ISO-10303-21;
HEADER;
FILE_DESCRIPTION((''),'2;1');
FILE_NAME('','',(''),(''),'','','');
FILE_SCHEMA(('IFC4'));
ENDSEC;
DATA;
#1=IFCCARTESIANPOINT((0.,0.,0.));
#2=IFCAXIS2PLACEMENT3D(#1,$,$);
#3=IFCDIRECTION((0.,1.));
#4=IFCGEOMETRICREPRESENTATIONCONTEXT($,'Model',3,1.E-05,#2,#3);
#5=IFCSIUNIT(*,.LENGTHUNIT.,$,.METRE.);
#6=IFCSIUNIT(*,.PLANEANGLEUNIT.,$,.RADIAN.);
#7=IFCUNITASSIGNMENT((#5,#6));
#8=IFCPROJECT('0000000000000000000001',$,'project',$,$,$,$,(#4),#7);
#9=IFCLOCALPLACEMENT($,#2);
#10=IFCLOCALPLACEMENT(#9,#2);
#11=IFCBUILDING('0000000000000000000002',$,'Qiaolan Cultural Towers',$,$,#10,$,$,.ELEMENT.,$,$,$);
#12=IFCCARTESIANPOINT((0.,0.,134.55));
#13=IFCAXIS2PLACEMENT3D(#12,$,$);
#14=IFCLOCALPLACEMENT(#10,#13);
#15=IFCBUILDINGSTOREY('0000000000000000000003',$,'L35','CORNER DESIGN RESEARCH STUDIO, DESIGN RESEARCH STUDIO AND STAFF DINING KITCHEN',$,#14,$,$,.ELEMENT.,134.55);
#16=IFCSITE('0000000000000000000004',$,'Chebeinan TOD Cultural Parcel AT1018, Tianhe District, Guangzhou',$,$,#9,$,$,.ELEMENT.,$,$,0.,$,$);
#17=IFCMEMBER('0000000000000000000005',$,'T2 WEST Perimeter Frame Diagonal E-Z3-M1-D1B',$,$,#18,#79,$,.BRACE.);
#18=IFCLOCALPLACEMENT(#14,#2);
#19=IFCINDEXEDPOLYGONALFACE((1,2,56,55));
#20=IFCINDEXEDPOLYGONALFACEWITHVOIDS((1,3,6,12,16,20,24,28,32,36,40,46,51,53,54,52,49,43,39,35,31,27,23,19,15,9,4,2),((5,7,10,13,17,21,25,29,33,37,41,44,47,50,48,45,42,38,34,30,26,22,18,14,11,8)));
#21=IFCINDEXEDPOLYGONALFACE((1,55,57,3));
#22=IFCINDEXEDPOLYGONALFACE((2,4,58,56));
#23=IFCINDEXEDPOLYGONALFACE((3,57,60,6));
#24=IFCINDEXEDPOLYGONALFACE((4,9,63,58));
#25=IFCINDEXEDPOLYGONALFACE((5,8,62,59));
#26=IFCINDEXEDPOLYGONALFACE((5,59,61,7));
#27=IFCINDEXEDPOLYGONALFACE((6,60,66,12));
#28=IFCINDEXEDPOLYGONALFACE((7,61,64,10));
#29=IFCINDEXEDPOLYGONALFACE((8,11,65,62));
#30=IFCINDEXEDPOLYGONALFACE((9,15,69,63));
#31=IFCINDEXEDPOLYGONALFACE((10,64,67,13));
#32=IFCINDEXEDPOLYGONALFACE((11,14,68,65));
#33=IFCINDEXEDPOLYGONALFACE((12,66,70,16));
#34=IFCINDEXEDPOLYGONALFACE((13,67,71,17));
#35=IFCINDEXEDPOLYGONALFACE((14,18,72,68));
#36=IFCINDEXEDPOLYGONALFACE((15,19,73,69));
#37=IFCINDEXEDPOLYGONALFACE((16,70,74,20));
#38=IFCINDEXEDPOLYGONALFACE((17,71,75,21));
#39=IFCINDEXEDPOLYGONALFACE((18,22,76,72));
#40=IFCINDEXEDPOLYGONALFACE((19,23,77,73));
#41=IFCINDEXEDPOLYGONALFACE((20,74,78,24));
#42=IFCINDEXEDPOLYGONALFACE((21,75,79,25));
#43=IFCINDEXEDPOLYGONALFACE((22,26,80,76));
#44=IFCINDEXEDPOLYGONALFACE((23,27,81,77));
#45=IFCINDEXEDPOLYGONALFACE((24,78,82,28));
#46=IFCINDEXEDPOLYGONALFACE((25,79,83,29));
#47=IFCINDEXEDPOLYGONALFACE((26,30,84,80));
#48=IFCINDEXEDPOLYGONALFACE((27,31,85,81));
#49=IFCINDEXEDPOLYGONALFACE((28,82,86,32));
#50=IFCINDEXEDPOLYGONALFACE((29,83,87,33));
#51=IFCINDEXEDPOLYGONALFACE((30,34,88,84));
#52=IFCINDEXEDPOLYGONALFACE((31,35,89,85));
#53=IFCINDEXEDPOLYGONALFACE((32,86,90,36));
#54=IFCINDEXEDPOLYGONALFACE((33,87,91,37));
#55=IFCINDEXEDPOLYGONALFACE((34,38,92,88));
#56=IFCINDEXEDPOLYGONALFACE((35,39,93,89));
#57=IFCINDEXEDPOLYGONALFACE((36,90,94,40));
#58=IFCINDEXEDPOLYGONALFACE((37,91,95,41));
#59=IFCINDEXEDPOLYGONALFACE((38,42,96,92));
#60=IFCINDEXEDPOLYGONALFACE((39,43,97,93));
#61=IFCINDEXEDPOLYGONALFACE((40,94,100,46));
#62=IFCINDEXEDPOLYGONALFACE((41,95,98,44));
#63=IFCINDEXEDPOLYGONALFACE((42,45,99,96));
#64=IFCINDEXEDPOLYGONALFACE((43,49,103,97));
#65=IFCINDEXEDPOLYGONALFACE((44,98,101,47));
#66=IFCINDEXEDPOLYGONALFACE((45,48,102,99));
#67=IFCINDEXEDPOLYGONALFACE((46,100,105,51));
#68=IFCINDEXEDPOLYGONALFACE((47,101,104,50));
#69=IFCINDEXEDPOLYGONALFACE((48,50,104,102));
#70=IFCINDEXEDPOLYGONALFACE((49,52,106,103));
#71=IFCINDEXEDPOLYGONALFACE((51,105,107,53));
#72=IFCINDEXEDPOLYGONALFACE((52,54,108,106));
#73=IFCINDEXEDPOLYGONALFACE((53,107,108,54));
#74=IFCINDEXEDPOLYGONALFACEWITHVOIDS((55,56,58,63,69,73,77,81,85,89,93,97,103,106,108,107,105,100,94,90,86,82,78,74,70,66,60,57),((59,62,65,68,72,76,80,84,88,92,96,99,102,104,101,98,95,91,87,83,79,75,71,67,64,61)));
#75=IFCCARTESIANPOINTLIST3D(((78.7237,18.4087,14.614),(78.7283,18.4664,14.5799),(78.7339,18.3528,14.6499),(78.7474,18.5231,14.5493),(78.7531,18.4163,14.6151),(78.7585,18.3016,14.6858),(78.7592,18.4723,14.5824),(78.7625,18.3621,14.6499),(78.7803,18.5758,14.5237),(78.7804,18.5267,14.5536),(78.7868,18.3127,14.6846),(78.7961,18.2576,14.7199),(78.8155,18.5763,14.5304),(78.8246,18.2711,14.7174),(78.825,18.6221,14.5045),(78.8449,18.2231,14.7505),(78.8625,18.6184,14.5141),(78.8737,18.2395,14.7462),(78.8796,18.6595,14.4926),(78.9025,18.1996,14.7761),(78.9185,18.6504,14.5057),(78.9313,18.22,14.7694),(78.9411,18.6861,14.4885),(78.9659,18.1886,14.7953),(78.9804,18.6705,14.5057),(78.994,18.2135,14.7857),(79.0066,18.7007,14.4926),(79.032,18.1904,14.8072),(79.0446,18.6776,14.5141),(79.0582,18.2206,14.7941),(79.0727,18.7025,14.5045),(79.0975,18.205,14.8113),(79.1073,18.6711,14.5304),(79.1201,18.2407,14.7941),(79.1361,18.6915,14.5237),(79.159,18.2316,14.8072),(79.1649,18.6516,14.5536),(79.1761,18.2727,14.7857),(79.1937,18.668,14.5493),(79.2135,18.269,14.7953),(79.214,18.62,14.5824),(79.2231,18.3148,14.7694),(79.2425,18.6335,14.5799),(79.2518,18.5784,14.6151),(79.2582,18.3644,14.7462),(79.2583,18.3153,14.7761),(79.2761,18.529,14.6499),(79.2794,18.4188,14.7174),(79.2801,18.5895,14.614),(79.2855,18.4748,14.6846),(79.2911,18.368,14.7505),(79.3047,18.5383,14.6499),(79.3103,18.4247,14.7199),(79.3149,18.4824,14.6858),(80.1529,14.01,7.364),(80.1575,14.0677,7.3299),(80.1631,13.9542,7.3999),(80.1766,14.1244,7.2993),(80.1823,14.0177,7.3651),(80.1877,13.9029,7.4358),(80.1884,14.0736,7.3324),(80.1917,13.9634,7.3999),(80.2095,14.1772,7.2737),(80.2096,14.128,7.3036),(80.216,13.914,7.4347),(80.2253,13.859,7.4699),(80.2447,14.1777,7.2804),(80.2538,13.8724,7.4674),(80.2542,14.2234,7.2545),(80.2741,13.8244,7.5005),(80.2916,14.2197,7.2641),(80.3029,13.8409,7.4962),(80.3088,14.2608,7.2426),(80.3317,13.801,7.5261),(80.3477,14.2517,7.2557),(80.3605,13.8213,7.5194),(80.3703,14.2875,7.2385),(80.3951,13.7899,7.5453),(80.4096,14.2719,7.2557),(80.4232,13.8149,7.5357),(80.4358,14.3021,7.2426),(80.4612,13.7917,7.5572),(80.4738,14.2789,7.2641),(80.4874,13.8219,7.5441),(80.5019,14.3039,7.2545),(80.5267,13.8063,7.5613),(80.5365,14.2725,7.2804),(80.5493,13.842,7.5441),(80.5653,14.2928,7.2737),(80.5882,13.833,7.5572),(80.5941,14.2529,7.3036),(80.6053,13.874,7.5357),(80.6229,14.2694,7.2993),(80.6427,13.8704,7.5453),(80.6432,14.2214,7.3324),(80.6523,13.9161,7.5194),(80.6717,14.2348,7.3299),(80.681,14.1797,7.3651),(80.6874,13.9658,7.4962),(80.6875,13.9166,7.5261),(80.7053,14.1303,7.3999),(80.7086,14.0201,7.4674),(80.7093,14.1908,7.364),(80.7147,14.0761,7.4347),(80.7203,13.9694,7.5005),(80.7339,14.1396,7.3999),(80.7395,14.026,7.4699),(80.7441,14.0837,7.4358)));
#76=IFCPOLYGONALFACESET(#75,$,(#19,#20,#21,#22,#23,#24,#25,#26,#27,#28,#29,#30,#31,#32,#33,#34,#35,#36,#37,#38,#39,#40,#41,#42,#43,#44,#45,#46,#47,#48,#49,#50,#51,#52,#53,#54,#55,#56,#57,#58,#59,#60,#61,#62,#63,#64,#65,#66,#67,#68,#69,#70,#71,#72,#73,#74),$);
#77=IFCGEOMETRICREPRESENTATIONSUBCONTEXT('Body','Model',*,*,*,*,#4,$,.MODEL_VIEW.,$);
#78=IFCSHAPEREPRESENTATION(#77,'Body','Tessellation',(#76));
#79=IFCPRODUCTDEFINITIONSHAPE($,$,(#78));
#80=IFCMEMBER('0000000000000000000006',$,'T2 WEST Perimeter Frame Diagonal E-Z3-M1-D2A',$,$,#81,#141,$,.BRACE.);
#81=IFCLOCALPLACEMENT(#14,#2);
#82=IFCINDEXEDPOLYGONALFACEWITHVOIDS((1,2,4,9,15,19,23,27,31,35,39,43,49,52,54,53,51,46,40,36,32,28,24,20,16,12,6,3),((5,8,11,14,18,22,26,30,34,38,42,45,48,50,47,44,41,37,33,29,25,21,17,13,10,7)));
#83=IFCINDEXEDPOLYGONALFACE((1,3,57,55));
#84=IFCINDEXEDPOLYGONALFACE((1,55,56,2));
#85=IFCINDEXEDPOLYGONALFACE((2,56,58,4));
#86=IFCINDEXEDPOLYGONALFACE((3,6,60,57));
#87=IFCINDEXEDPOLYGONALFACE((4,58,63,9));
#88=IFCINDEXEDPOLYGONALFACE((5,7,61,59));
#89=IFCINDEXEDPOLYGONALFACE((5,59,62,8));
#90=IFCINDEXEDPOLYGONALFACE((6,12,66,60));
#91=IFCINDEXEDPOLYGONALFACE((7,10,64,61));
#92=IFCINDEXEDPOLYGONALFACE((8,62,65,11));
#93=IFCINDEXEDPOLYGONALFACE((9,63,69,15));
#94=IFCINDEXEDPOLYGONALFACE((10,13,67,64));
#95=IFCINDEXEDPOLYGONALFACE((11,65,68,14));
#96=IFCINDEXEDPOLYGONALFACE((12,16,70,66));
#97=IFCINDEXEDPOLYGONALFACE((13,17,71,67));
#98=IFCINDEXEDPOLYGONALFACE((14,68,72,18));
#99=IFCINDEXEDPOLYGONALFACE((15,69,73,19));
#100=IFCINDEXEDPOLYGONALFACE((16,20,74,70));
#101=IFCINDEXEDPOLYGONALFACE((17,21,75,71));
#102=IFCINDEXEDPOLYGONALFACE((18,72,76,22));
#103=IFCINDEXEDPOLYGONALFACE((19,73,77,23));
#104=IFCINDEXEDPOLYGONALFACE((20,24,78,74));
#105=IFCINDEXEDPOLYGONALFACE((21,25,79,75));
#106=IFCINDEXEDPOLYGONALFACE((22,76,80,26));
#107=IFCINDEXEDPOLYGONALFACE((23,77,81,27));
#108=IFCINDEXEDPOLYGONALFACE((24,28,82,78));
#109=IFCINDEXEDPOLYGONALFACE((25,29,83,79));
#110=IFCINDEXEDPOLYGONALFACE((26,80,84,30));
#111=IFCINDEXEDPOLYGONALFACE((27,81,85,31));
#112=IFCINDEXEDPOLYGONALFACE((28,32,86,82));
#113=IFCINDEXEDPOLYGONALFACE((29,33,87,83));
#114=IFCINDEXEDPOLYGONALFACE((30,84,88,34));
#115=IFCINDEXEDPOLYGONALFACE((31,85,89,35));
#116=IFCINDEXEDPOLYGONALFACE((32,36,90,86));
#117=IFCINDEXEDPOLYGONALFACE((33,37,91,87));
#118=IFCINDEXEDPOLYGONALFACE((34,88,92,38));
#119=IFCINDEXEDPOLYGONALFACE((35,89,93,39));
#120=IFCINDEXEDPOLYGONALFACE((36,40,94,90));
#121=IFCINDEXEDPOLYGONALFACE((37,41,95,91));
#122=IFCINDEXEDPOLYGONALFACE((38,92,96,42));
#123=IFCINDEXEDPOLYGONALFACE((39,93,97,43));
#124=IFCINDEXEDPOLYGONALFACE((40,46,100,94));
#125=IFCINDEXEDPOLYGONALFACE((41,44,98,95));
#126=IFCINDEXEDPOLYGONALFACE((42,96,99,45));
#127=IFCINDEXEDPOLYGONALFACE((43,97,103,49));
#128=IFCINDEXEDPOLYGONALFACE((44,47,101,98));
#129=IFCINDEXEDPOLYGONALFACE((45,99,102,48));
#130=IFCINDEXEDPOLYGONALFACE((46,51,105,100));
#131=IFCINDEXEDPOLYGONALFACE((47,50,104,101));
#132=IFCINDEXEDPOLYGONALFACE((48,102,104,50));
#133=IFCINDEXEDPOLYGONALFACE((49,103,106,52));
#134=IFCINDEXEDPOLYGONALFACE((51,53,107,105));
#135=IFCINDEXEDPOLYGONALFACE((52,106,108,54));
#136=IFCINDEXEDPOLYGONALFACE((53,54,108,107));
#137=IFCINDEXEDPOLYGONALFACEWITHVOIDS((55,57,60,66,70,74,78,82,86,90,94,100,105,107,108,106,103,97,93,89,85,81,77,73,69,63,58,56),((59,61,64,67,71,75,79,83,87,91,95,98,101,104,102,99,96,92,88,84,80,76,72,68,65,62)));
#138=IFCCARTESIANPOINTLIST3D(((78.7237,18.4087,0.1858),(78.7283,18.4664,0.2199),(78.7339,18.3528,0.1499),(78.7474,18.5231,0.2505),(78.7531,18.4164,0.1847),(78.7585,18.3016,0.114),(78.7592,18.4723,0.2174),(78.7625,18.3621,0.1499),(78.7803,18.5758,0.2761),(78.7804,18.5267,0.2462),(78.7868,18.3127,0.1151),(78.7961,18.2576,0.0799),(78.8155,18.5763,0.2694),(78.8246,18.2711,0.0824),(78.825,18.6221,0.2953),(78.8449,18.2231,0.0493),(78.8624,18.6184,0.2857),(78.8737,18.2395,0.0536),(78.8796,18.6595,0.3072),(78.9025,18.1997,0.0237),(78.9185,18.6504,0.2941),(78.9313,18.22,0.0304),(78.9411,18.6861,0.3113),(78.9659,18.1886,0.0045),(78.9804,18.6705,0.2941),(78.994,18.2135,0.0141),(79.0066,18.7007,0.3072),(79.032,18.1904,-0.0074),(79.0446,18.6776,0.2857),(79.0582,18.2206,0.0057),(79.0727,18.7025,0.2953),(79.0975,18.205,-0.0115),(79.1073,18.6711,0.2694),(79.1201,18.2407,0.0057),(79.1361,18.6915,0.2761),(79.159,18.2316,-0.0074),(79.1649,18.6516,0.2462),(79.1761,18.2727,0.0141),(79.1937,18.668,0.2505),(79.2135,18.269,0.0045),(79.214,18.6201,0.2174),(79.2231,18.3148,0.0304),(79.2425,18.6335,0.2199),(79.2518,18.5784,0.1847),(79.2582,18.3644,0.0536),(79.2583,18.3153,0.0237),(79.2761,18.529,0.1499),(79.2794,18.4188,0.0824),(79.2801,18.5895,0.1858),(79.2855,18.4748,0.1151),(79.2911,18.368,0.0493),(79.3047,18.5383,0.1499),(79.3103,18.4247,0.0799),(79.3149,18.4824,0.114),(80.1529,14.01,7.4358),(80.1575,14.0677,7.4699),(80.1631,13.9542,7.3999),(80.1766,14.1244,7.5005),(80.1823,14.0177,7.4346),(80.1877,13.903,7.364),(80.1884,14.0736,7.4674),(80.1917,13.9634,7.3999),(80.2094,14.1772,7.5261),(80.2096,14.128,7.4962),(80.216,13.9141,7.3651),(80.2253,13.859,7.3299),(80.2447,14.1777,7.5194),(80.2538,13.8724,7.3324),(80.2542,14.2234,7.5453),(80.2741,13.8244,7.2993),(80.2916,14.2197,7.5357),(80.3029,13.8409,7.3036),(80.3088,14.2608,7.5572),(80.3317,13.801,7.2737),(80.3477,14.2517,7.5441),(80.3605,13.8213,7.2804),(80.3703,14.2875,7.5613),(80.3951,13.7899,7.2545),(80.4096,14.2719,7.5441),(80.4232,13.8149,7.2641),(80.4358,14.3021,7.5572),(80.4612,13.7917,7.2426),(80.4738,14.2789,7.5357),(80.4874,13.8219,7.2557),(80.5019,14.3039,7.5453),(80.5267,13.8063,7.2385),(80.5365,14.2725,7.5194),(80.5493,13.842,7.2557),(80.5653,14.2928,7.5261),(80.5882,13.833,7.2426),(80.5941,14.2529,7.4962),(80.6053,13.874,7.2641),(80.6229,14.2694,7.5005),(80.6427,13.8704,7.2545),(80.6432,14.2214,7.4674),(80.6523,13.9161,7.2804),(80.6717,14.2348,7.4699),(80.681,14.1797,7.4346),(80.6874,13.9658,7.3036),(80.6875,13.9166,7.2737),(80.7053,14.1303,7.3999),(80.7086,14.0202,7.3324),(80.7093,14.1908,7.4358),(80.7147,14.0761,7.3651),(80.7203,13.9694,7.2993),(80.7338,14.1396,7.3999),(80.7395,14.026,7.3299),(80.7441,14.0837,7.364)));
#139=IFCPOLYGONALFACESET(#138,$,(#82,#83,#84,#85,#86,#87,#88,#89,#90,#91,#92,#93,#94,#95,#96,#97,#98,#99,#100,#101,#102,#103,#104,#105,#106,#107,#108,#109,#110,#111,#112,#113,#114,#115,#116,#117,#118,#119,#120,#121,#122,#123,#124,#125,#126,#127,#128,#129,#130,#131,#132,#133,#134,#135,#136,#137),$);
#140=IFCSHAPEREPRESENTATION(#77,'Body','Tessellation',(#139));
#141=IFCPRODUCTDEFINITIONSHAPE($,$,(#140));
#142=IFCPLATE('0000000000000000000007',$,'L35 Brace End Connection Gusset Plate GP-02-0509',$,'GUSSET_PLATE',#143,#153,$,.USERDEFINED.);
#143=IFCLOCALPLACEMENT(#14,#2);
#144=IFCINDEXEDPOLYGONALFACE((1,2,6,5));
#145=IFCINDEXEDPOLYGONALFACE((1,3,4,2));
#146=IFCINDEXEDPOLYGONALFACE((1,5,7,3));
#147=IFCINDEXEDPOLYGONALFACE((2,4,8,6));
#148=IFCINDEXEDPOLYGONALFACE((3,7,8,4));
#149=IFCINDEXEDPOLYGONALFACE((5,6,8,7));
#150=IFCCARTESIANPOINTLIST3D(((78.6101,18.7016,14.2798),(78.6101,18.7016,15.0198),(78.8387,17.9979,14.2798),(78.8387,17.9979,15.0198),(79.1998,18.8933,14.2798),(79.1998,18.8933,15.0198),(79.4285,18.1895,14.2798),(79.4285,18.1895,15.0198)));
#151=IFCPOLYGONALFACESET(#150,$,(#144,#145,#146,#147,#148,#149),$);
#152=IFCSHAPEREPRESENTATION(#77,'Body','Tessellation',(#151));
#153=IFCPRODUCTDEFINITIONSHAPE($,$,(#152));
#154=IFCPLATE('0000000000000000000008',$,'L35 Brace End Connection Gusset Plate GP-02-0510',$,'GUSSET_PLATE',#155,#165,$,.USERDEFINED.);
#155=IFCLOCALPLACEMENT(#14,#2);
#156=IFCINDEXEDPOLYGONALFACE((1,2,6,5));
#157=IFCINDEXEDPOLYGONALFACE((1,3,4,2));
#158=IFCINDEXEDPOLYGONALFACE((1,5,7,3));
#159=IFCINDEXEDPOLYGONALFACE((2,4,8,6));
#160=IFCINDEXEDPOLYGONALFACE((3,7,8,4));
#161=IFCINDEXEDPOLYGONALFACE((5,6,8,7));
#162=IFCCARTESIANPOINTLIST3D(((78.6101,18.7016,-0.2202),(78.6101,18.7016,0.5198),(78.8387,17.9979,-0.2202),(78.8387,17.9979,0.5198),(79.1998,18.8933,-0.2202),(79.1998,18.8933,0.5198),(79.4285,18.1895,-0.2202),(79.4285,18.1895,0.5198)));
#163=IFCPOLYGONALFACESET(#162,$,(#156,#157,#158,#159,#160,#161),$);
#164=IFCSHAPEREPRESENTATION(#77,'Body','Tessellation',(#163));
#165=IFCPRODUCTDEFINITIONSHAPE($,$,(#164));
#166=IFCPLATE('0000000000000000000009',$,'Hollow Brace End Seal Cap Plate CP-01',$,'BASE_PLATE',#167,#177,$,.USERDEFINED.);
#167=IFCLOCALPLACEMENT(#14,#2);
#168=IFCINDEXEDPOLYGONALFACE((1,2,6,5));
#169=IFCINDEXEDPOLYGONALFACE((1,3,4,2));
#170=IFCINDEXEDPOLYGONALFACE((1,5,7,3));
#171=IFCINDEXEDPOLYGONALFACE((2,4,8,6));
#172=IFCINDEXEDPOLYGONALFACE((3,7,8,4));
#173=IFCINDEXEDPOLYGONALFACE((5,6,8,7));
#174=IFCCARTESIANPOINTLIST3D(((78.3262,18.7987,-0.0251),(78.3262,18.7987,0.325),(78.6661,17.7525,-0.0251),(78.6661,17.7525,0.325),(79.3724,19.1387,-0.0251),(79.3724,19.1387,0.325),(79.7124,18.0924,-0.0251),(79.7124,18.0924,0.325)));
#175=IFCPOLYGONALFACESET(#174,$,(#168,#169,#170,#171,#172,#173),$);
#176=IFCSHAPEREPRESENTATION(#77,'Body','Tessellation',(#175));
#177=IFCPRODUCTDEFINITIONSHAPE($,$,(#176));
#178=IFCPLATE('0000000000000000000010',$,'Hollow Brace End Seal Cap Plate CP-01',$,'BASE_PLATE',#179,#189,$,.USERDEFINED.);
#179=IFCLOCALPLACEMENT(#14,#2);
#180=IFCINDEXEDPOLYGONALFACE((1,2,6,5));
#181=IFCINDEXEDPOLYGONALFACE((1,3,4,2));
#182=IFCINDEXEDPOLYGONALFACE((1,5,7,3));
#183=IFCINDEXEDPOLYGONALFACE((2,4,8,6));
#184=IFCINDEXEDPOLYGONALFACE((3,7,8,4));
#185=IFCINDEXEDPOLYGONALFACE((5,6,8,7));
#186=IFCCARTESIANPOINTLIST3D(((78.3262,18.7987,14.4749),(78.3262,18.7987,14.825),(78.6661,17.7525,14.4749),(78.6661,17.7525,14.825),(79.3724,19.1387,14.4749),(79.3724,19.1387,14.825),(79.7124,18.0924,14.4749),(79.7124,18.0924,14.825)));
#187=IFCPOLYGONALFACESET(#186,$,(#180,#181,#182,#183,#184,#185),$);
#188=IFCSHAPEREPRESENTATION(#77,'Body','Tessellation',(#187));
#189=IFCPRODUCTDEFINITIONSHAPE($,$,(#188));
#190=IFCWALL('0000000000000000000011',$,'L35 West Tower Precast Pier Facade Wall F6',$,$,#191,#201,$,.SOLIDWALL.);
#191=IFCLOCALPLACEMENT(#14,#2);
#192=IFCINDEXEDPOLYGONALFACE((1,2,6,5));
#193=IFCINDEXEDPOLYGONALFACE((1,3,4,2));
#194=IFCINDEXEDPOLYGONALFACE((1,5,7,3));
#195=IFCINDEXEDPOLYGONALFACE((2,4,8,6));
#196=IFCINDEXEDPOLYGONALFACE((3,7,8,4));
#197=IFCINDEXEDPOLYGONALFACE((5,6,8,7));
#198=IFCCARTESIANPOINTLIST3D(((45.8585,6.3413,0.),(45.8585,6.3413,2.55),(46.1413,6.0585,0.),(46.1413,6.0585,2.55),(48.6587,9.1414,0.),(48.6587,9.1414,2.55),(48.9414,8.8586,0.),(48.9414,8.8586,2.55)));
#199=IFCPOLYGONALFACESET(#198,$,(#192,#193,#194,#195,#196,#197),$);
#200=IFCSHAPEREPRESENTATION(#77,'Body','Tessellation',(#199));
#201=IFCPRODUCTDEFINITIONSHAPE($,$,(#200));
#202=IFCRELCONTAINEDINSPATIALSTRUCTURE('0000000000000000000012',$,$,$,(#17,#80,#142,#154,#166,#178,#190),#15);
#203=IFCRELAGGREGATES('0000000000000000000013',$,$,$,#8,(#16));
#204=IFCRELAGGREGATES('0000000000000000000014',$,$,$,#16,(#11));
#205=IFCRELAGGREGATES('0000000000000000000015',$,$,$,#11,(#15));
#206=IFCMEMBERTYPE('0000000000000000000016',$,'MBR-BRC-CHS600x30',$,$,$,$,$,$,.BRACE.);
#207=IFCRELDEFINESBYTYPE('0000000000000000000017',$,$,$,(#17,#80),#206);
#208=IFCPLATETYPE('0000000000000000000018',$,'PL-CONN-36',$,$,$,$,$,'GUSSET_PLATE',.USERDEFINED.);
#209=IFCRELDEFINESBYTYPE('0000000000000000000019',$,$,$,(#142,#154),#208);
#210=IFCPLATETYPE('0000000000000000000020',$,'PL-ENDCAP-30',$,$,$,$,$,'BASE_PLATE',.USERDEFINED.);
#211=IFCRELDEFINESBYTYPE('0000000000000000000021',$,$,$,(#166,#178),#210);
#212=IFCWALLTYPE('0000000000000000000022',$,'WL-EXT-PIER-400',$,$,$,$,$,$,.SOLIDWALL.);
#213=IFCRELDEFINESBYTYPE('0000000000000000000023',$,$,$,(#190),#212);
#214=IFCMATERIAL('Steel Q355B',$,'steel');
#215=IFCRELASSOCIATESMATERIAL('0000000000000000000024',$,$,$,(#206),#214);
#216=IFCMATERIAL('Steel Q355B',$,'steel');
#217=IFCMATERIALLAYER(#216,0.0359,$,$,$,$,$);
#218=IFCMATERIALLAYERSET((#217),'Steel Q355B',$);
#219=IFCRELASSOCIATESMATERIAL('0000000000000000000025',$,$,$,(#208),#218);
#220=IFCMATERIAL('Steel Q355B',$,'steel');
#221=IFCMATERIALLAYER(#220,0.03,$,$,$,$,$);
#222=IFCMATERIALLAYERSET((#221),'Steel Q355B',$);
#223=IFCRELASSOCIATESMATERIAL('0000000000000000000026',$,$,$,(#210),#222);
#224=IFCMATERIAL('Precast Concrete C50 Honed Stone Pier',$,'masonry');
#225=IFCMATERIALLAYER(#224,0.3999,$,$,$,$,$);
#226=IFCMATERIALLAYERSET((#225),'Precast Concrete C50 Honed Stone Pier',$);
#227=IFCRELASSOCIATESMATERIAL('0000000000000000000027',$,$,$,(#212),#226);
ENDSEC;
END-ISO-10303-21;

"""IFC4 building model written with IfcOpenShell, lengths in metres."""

from ifc_helpers import new_model, si_unit, direction, frame, frame_2d, origin, origin_2d, place, context, subcontext, project, spatial, rectangle, hollow_circle, extrude, material, layer, layer_set, material_profile, profile_set, type_object, element, save


model = new_model("IFC4")

# Units and contexts
model_context = context("Model", 3, precision=1e-05, world=origin(), true_north=direction((0.0, 1.0)))
body_context = subcontext(model_context, "Body", "Model", "MODEL_VIEW")
ifc_project = project(units=[si_unit("LENGTHUNIT", "METRE"), si_unit("PLANEANGLEUNIT", "RADIAN")], contexts=[model_context])

# Site, building, storey
site_placement = place(None, origin())
site = spatial("IfcSite", under=ifc_project, at=site_placement, Name="Chebeinan TOD Cultural Parcel AT1018, Tianhe District, Guangzhou", CompositionType="ELEMENT", RefElevation=0.0)
building_placement = place(site_placement, origin())
building = spatial("IfcBuilding", under=site, at=building_placement, Name="Qiaolan Cultural Towers", CompositionType="ELEMENT")
storey_placement = place(building_placement, frame((0.0, 0.0, 134.55)))
storey = spatial("IfcBuildingStorey", under=building, at=storey_placement, Name="L35", Description="CORNER DESIGN RESEARCH STUDIO, DESIGN RESEARCH STUDIO AND STAFF DINING KITCHEN", CompositionType="ELEMENT", Elevation=134.55)

# Members
ifc_material_1 = material(Name="Steel Q355B", Category="steel")
ifc_material_profile_1 = material_profile(ifc_material_1, hollow_circle(Radius=0.3, WallThickness=0.03, at=origin_2d()), Name="CHS600x30")
ifc_profile_set_1 = profile_set([ifc_material_profile_1], Name="Steel Q355B")
member_type = type_object("IfcMemberType", Name="MBR-BRC-CHS600x30", PredefinedType="BRACE", material=ifc_profile_set_1)
for number, where, z_axis, x_axis, name in (
    (1, (80.4485, 14.0469, 7.3999), (-0.166193, 0.511497, 0.84306), (-0.951058, -0.309013, 0.0), "T2 WEST Perimeter Frame Diagonal E-Z3-M1-D1B"),
    (2, (79.0193, 18.4456, 0.1499), (0.166193, -0.511497, 0.84306), (0.951058, 0.309013, 0.0), "T2 WEST Perimeter Frame Diagonal E-Z3-M1-D2A"),
):
    element("IfcMember", number, at=place(storey_placement, frame(where, z_axis=z_axis, x_axis=x_axis)), inside=storey, type_object=member_type, Name=name, PredefinedType="BRACE", context=body_context, shape_type="SweptSolid", body=[
        extrude(hollow_circle(Radius=0.3, WallThickness=0.03, at=origin_2d()), origin(), (0.0, 0.0, 1.0), 8.5996),
    ])

# Plates
ifc_material_2 = material(Name="Steel Q355B", Category="steel")
ifc_layer_1 = layer(ifc_material_2, 0.0359)
ifc_layer_set_1 = layer_set([ifc_layer_1], Name="Steel Q355B")
plate_type_1 = type_object("IfcPlateType", Name="PL-CONN-36", ElementType="GUSSET_PLATE", PredefinedType="USERDEFINED", material=ifc_layer_set_1)
for number, where, z_axis, x_axis, name in (
    (3, (79.0193, 18.4456, 14.2798), (0.0, 0.0, 1.0), (-0.309017, 0.951057, 0.0), "L35 Brace End Connection Gusset Plate GP-02-0509"),
    (4, (79.0193, 18.4456, -0.2202), (0.0, 0.0, 1.0), (-0.309017, 0.951057, 0.0), "L35 Brace End Connection Gusset Plate GP-02-0510"),
):
    element("IfcPlate", number, at=place(storey_placement, frame(where, z_axis=z_axis, x_axis=x_axis)), inside=storey, type_object=plate_type_1, Name=name, ObjectType="GUSSET_PLATE", PredefinedType="USERDEFINED", context=body_context, shape_type="SweptSolid", body=[
        extrude(rectangle(XDim=0.74, YDim=0.6201, at=origin_2d()), origin(), (0.0, 0.0, 1.0), 0.74),
    ])
ifc_material_3 = material(Name="Steel Q355B", Category="steel")
ifc_layer_2 = layer(ifc_material_3, 0.03)
ifc_layer_set_2 = layer_set([ifc_layer_2], Name="Steel Q355B")
plate_type_2 = type_object("IfcPlateType", Name="PL-ENDCAP-30", ElementType="BASE_PLATE", PredefinedType="USERDEFINED", material=ifc_layer_set_2)
for number, where, z_axis, x_axis, name in (
    (5, (79.0193, 18.4456, -0.0251), (0.0, 0.0, 1.0), (-0.309017, 0.951057, 0.0), "Hollow Brace End Seal Cap Plate CP-01"),
    (6, (79.0193, 18.4456, 14.4749), (0.0, 0.0, 1.0), (-0.309017, 0.951057, 0.0), "Hollow Brace End Seal Cap Plate CP-01"),
):
    element("IfcPlate", number, at=place(storey_placement, frame(where, z_axis=z_axis, x_axis=x_axis)), inside=storey, type_object=plate_type_2, Name=name, ObjectType="BASE_PLATE", PredefinedType="USERDEFINED", context=body_context, shape_type="SweptSolid", body=[
        extrude(rectangle(XDim=1.1001, YDim=1.1001, at=origin_2d()), origin(), (0.0, 0.0, 1.0), 0.3501),
    ])

# Wall
ifc_material_4 = material(Name="Precast Concrete C50 Honed Stone Pier", Category="masonry")
ifc_layer_3 = layer(ifc_material_4, 0.3999)
ifc_layer_set_3 = layer_set([ifc_layer_3], Name="Precast Concrete C50 Honed Stone Pier")
wall_type_1 = type_object("IfcWallType", Name="WL-EXT-PIER-400", PredefinedType="SOLIDWALL", material=ifc_layer_set_3)
wall_1_placement = place(storey_placement, frame((48.8, 9.0, 0.0), z_axis=(0.0, 0.0, 1.0), x_axis=(-0.707107, -0.707107, 0.0)))
element("IfcWall", 7, at=wall_1_placement, inside=storey, type_object=wall_type_1, Name="L35 West Tower Precast Pier Facade Wall F6", PredefinedType="SOLIDWALL", context=body_context, shape_type="SweptSolid", body=[
    extrude(rectangle(XDim=3.96, YDim=0.3999, at=frame_2d((1.98, 0.0))), origin(), (0.0, 0.0, 1.0), 2.55),
])

save(model, "model.ifc")
